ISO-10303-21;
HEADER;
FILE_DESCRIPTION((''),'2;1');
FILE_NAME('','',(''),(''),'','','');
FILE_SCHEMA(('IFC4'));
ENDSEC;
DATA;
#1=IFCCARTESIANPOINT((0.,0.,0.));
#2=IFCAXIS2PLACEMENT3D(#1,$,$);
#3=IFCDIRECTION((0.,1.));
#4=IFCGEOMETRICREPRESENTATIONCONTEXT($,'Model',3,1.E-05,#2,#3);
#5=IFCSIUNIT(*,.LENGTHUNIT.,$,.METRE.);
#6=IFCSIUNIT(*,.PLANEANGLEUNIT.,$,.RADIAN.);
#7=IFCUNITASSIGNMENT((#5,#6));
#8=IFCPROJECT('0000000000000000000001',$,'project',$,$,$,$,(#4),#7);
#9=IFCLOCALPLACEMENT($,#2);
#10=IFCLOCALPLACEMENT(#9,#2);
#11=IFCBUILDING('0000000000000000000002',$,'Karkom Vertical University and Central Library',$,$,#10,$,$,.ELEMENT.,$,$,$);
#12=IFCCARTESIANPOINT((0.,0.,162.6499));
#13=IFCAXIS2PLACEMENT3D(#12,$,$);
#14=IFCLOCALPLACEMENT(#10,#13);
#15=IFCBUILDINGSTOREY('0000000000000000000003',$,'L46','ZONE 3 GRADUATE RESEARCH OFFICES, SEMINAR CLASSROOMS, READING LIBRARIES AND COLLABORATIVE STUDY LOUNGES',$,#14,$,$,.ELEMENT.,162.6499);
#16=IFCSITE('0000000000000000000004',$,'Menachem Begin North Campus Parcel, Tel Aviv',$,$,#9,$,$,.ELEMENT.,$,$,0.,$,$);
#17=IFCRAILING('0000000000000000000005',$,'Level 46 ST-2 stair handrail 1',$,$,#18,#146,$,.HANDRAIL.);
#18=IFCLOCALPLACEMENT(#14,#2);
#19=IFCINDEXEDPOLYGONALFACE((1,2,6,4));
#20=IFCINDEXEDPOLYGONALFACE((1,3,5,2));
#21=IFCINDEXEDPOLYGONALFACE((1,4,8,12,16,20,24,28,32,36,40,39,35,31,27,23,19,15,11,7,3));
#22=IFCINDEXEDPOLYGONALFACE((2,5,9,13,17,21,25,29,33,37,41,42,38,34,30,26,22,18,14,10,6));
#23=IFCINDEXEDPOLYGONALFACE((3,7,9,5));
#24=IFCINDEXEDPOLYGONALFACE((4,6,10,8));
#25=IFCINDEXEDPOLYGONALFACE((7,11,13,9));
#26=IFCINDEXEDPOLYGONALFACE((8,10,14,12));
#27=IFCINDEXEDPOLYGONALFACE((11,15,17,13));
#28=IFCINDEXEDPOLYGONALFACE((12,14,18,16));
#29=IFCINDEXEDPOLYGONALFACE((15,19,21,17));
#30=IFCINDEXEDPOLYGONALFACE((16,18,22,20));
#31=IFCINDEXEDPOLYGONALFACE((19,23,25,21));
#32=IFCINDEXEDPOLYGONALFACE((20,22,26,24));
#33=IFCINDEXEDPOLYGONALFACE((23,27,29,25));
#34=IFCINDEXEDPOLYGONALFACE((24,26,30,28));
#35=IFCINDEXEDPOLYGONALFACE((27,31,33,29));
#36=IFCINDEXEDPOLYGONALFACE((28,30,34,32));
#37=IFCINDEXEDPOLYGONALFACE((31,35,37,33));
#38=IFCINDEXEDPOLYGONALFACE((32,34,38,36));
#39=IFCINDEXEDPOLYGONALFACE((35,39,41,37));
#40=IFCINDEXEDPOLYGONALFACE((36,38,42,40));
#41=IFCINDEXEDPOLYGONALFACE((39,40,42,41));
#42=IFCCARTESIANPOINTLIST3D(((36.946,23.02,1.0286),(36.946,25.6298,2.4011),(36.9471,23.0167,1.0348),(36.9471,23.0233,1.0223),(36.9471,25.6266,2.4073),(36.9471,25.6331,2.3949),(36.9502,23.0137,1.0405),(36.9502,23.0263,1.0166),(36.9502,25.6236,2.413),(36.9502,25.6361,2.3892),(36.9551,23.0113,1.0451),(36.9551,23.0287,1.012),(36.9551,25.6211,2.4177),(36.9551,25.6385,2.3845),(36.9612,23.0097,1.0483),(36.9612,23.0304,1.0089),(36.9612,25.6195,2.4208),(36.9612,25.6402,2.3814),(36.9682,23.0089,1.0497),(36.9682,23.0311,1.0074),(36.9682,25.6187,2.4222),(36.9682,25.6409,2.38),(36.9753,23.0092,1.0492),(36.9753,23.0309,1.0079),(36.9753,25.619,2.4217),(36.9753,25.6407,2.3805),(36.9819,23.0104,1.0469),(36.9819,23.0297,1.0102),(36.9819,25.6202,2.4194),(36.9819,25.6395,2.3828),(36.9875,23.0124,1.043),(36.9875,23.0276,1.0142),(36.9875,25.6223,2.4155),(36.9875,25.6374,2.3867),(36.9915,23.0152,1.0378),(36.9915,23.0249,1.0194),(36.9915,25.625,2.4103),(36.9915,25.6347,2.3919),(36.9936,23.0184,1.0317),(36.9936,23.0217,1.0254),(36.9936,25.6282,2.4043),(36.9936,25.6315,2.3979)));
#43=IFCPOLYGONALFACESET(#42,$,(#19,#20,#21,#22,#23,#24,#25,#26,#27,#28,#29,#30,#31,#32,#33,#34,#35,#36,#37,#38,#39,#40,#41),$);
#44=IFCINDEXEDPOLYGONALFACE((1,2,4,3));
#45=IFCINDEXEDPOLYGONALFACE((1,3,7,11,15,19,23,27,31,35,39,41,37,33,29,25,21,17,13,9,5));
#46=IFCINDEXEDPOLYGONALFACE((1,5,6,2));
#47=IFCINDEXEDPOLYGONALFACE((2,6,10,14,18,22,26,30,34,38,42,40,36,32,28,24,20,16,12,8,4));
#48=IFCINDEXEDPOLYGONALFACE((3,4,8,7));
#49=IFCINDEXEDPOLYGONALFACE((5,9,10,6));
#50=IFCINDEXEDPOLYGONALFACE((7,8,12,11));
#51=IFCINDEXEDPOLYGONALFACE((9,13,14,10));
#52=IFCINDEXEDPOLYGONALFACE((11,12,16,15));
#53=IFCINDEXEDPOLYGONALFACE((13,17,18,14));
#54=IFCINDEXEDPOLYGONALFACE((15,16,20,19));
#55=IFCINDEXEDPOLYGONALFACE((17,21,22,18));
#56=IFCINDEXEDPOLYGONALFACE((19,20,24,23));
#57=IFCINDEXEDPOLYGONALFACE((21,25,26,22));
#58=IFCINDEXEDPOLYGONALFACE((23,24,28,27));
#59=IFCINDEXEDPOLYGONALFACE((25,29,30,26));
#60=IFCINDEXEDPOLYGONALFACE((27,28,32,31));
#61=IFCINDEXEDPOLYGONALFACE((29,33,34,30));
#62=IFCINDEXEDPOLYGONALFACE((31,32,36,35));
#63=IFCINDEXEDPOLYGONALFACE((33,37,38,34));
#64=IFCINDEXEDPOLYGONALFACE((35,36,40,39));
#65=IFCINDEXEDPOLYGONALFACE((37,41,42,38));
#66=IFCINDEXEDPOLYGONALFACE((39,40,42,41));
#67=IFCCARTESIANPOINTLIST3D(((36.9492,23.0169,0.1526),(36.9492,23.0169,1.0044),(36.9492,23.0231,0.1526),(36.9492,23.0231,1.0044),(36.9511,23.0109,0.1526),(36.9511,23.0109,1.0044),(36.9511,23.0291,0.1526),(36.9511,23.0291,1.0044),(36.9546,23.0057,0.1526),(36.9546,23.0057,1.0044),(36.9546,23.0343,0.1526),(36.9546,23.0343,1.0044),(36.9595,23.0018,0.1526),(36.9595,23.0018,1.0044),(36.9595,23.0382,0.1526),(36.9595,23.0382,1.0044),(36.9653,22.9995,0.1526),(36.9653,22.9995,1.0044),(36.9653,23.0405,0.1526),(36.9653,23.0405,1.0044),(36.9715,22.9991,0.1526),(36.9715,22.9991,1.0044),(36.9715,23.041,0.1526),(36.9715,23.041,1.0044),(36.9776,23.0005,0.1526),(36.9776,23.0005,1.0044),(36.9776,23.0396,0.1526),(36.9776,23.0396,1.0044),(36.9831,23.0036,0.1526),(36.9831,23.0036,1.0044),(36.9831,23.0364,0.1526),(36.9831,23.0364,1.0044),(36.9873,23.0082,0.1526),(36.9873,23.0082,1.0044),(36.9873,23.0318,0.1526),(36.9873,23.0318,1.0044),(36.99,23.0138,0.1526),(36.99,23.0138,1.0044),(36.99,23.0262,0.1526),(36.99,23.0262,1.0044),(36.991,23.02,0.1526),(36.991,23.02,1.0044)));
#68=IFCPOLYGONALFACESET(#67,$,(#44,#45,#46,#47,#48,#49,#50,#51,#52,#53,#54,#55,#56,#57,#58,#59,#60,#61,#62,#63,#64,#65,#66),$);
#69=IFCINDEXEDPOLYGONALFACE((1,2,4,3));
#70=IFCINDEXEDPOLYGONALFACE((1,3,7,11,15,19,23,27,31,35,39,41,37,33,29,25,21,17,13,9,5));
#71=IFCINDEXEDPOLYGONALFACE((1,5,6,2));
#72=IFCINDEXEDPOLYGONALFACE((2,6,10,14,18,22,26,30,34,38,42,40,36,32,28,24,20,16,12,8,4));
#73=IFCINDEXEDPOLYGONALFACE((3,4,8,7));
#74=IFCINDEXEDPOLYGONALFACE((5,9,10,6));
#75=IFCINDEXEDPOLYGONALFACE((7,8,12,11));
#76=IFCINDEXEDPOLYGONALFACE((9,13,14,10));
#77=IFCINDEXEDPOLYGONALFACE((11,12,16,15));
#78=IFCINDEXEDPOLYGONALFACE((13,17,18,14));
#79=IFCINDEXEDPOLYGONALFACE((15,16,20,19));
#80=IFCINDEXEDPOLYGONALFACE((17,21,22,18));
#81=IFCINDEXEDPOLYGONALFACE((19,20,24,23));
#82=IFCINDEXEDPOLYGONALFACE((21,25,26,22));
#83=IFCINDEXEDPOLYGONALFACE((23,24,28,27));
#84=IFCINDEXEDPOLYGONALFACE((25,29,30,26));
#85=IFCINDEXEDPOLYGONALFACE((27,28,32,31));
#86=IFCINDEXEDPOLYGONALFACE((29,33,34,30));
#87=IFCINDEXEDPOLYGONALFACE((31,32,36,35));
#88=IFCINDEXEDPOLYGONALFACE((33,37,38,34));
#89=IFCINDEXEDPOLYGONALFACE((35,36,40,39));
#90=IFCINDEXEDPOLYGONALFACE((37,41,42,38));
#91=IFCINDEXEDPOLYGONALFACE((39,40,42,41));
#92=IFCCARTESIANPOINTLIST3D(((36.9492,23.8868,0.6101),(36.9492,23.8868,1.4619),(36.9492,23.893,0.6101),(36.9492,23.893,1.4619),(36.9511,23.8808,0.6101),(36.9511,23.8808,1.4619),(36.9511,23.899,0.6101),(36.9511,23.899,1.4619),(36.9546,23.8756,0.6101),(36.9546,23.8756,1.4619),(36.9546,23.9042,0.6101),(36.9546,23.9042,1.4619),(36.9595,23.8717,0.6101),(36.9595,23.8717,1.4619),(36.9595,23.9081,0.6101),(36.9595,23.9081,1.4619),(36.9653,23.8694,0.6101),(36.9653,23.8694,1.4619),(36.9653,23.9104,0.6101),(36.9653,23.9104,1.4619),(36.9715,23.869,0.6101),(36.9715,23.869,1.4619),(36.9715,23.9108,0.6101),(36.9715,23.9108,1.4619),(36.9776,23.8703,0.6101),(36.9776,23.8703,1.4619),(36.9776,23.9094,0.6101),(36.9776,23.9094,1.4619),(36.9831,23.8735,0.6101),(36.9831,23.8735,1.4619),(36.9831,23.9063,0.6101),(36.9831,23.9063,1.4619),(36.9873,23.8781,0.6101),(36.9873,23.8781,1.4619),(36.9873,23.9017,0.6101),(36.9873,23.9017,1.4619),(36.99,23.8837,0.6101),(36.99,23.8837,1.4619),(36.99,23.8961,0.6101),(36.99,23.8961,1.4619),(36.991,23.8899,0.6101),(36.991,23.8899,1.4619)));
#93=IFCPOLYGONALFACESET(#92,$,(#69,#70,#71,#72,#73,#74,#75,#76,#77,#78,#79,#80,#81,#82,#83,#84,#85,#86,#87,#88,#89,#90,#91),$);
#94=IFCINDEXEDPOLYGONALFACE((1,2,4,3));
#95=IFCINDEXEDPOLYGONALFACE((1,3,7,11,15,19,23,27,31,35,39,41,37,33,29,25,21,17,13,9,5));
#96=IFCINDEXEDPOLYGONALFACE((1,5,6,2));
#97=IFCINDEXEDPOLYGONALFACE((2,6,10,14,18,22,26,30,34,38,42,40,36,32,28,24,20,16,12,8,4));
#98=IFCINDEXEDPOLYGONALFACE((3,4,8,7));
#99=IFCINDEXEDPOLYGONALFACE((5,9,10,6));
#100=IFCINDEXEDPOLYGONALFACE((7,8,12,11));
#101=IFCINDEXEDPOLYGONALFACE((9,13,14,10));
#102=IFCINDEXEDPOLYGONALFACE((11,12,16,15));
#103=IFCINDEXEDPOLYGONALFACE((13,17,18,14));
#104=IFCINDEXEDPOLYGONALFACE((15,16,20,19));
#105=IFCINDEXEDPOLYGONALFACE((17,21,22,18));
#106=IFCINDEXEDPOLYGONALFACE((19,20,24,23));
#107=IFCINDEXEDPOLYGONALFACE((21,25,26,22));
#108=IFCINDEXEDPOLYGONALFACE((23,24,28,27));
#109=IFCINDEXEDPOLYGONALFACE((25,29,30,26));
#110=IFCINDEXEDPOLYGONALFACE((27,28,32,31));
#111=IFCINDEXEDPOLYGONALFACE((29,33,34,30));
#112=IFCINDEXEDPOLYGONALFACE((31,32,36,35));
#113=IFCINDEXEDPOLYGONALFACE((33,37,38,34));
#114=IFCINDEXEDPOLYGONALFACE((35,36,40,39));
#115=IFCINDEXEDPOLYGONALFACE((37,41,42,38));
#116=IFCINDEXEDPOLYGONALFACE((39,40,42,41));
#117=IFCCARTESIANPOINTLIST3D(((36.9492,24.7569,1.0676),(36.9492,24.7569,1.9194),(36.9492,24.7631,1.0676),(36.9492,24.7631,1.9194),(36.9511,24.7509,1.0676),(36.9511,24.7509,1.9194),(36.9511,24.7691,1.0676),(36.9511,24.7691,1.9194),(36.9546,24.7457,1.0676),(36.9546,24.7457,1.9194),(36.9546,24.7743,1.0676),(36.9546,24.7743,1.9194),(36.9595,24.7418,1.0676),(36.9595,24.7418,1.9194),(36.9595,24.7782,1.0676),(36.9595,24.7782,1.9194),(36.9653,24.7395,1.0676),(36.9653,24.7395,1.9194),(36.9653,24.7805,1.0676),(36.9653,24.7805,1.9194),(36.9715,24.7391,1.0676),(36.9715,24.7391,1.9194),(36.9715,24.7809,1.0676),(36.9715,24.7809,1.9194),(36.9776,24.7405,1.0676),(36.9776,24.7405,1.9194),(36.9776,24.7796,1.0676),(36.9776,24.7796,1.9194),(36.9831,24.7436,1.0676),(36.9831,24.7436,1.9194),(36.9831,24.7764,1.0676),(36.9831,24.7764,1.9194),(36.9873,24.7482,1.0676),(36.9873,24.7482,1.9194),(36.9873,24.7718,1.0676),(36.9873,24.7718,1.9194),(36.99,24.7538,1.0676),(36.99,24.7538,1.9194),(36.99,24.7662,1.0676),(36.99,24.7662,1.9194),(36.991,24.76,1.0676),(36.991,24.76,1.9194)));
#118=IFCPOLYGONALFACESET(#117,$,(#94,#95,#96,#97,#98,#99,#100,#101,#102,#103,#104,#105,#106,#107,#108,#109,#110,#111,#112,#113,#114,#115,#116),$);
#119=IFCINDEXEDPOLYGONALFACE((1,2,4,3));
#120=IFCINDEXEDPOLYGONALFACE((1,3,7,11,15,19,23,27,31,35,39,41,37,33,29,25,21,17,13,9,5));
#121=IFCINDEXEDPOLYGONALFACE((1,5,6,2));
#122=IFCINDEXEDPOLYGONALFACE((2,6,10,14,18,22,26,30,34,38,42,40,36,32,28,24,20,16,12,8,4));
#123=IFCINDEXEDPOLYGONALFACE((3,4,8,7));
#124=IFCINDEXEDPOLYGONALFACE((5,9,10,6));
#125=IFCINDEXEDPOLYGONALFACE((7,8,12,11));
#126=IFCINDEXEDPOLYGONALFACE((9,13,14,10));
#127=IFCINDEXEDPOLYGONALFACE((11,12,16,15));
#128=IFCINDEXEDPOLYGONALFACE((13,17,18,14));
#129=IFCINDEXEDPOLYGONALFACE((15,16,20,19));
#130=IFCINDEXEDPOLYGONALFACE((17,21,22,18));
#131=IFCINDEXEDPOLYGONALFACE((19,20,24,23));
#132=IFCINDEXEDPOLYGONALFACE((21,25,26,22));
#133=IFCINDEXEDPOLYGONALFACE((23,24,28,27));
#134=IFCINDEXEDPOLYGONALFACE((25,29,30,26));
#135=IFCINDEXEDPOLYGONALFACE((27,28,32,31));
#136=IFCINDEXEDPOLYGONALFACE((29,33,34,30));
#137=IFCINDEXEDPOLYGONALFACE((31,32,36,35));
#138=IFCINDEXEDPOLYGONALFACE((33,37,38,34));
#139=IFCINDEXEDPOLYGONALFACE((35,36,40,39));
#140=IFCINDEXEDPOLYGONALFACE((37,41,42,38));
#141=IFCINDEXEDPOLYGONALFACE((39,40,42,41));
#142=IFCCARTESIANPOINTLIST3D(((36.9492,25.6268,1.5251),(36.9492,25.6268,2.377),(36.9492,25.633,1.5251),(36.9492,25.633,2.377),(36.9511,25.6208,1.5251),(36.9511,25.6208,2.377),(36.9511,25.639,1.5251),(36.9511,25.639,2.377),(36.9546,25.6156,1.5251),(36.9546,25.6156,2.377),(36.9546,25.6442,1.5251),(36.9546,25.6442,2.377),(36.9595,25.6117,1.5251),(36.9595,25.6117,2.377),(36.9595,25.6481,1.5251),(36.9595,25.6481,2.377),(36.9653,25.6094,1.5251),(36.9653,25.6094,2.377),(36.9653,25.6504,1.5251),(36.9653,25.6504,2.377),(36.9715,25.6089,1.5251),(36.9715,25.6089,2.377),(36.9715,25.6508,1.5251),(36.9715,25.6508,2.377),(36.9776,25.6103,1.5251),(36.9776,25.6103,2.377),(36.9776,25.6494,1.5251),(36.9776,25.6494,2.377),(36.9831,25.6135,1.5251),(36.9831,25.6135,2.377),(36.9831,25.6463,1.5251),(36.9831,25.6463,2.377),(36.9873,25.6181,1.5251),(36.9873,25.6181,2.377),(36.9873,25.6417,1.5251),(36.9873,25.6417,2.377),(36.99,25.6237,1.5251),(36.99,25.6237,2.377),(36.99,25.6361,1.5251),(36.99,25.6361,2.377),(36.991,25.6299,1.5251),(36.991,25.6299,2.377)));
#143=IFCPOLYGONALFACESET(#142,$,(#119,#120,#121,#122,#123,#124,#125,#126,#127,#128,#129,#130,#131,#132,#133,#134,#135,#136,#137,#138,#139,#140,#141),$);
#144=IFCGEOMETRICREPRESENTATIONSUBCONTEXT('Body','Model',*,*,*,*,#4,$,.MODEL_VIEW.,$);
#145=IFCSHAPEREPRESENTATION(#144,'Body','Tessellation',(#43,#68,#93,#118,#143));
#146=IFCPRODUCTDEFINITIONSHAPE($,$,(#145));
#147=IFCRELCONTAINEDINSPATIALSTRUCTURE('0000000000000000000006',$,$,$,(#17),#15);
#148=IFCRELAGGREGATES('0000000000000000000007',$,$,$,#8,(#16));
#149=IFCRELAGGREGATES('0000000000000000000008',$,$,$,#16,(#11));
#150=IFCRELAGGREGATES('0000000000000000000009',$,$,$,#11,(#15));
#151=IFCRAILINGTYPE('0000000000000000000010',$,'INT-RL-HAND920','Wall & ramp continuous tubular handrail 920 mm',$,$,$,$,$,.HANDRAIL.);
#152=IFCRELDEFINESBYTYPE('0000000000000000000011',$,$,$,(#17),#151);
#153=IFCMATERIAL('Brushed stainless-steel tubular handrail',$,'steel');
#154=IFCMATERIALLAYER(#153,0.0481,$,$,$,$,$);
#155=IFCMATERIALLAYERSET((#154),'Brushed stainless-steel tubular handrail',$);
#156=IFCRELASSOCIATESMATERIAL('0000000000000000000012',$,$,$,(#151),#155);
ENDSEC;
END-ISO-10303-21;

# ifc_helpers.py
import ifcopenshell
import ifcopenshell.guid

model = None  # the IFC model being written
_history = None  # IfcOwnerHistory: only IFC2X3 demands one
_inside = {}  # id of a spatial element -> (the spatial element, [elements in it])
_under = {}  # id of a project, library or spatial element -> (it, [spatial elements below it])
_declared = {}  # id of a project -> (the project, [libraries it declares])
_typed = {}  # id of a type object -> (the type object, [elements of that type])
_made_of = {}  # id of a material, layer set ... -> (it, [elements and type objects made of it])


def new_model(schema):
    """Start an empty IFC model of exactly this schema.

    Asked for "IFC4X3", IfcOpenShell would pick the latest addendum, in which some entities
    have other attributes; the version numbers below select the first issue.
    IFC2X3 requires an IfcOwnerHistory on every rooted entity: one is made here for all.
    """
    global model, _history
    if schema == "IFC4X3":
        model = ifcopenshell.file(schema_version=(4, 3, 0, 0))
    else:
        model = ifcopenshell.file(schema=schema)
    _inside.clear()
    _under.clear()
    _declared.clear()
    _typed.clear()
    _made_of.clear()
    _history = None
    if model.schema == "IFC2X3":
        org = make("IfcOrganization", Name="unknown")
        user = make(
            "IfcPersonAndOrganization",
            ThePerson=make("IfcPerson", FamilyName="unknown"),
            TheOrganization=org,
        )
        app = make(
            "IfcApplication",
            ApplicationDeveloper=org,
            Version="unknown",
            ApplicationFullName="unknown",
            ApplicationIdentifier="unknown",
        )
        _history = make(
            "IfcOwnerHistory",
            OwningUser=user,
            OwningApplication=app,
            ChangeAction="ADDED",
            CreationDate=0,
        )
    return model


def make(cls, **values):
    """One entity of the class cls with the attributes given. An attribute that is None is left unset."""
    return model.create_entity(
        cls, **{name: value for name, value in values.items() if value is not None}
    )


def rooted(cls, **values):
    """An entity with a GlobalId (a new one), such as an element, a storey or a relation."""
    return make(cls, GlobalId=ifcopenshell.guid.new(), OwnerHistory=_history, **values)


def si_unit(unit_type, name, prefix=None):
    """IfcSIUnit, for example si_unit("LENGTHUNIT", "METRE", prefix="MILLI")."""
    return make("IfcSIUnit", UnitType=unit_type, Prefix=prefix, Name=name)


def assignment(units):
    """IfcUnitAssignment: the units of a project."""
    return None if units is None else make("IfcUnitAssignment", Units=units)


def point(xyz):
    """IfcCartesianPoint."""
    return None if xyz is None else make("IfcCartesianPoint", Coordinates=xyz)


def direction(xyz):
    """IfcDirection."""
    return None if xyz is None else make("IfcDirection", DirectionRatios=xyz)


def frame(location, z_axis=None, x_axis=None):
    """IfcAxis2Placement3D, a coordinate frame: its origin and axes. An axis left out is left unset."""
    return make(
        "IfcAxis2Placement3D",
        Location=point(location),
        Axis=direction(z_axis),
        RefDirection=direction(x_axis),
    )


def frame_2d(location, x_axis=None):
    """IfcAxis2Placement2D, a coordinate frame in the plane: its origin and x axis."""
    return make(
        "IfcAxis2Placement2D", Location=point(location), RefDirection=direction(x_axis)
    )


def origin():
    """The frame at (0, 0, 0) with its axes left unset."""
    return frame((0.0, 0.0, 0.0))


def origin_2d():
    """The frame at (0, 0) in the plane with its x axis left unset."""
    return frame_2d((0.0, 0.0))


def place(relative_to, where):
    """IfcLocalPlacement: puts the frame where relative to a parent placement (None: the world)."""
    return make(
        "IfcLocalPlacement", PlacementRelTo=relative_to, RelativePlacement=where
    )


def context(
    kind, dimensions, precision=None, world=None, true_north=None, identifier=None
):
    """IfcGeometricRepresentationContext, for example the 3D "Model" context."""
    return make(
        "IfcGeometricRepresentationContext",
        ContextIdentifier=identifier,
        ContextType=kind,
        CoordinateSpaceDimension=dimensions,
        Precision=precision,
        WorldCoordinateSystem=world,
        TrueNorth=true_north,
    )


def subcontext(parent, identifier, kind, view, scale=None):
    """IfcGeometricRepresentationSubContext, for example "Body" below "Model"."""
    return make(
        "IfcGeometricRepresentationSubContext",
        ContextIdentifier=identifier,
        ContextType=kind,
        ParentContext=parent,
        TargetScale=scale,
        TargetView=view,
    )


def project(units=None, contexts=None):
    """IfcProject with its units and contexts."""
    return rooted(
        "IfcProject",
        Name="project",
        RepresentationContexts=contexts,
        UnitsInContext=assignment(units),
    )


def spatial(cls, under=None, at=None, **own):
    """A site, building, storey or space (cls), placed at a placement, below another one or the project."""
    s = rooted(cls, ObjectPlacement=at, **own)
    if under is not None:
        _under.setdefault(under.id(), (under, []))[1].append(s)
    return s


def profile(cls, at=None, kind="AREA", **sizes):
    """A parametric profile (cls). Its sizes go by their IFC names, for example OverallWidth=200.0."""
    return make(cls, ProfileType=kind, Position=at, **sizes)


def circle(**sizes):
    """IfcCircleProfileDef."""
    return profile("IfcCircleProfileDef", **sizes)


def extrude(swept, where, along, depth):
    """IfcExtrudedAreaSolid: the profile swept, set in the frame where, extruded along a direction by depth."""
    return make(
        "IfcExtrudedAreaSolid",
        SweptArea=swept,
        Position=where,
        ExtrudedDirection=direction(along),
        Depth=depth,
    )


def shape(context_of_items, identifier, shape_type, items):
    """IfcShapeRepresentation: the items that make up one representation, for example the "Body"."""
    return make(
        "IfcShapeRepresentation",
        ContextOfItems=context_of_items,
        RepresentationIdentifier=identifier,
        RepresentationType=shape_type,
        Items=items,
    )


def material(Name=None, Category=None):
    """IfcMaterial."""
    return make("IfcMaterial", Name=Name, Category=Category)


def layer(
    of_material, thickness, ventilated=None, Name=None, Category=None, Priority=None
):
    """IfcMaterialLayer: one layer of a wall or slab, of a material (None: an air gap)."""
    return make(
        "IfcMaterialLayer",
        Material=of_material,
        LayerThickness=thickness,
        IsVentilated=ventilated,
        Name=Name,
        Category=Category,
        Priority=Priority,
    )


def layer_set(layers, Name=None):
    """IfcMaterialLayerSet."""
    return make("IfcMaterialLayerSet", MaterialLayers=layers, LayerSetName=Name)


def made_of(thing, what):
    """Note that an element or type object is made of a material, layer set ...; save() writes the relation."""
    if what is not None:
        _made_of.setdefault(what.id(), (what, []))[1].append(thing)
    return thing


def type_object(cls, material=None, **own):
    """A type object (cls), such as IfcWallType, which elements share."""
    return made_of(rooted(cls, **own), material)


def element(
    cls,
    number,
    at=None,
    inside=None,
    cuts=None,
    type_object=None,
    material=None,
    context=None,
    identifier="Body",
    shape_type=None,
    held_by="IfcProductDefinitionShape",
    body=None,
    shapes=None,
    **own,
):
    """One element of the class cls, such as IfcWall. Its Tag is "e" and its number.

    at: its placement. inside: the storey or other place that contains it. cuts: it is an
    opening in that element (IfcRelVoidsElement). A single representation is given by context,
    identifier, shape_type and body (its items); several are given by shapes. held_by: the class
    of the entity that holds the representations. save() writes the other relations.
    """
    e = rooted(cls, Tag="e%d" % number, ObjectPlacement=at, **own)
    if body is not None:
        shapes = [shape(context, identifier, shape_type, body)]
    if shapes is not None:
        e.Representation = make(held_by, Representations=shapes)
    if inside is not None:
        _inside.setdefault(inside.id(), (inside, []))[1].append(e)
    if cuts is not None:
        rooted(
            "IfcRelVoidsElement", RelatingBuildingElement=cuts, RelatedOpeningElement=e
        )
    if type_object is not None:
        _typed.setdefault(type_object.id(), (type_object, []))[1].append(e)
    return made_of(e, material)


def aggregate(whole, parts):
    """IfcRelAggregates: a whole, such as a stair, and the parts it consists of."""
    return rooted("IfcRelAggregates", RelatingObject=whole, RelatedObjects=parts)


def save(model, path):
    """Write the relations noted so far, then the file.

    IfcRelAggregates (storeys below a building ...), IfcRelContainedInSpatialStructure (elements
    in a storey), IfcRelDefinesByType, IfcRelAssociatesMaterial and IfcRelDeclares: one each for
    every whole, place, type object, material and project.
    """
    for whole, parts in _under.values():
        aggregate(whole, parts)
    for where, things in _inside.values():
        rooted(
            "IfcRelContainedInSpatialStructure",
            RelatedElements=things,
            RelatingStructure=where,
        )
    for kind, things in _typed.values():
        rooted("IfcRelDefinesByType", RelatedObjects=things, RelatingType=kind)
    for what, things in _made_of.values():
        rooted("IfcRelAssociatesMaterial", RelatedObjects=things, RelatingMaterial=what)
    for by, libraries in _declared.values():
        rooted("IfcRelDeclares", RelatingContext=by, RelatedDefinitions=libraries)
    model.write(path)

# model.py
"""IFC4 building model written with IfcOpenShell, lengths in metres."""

from ifc_helpers import new_model, si_unit, direction, frame, origin, origin_2d, place, context, subcontext, project, spatial, circle, extrude, material, layer, layer_set, type_object, element, save


model = new_model("IFC4")

# Units and contexts
model_context = context("Model", 3, precision=1e-05, world=origin(), true_north=direction((0.0, 1.0)))
body_context = subcontext(model_context, "Body", "Model", "MODEL_VIEW")
ifc_project = project(units=[si_unit("LENGTHUNIT", "METRE"), si_unit("PLANEANGLEUNIT", "RADIAN")], contexts=[model_context])

# Site, building, storey
site_placement = place(None, origin())
site = spatial("IfcSite", under=ifc_project, at=site_placement, Name="Menachem Begin North Campus Parcel, Tel Aviv", CompositionType="ELEMENT", RefElevation=0.0)
building_placement = place(site_placement, origin())
building = spatial("IfcBuilding", under=site, at=building_placement, Name="Karkom Vertical University and Central Library", CompositionType="ELEMENT")
storey_placement = place(building_placement, frame((0.0, 0.0, 162.6499)))
storey = spatial("IfcBuildingStorey", under=building, at=storey_placement, Name="L46", Description="ZONE 3 GRADUATE RESEARCH OFFICES, SEMINAR CLASSROOMS, READING LIBRARIES AND COLLABORATIVE STUDY LOUNGES", CompositionType="ELEMENT", Elevation=162.6499)

# Railing
ifc_material_1 = material(Name="Brushed stainless-steel tubular handrail", Category="steel")
ifc_layer_1 = layer(ifc_material_1, 0.0481)
ifc_layer_set_1 = layer_set([ifc_layer_1], Name="Brushed stainless-steel tubular handrail")
railing_type_1 = type_object("IfcRailingType", Name="INT-RL-HAND920", Description="Wall & ramp continuous tubular handrail 920 mm", PredefinedType="HANDRAIL", material=ifc_layer_set_1)
railing_1_placement = place(storey_placement, frame((36.97, 23.02, 0.1526)))
element("IfcRailing", 1, at=railing_1_placement, inside=storey, type_object=railing_type_1, Name="Level 46 ST-2 stair handrail 1", PredefinedType="HANDRAIL", context=body_context, shape_type="SweptSolid", body=[
    extrude(circle(Radius=0.0239, at=origin_2d()), frame((0.0, 0.0, 0.876), z_axis=(0.0, 0.885065, 0.465467), x_axis=(-1.0, 0.0, 0.0)), (0.0, 0.0, 1.0), 2.9487),
    extrude(circle(Radius=0.021, at=origin_2d()), origin(), (0.0, 0.0, 1.0), 0.8518),
    extrude(circle(Radius=0.021, at=origin_2d()), frame((0.0, 0.8699, 0.4575)), (0.0, 0.0, 1.0), 0.8518),
    extrude(circle(Radius=0.021, at=origin_2d()), frame((0.0, 1.74, 0.915)), (0.0, 0.0, 1.0), 0.8518),
    extrude(circle(Radius=0.021, at=origin_2d()), frame((0.0, 2.6099, 1.3726)), (0.0, 0.0, 1.0), 0.8518),
])

save(model, "model.ifc")
